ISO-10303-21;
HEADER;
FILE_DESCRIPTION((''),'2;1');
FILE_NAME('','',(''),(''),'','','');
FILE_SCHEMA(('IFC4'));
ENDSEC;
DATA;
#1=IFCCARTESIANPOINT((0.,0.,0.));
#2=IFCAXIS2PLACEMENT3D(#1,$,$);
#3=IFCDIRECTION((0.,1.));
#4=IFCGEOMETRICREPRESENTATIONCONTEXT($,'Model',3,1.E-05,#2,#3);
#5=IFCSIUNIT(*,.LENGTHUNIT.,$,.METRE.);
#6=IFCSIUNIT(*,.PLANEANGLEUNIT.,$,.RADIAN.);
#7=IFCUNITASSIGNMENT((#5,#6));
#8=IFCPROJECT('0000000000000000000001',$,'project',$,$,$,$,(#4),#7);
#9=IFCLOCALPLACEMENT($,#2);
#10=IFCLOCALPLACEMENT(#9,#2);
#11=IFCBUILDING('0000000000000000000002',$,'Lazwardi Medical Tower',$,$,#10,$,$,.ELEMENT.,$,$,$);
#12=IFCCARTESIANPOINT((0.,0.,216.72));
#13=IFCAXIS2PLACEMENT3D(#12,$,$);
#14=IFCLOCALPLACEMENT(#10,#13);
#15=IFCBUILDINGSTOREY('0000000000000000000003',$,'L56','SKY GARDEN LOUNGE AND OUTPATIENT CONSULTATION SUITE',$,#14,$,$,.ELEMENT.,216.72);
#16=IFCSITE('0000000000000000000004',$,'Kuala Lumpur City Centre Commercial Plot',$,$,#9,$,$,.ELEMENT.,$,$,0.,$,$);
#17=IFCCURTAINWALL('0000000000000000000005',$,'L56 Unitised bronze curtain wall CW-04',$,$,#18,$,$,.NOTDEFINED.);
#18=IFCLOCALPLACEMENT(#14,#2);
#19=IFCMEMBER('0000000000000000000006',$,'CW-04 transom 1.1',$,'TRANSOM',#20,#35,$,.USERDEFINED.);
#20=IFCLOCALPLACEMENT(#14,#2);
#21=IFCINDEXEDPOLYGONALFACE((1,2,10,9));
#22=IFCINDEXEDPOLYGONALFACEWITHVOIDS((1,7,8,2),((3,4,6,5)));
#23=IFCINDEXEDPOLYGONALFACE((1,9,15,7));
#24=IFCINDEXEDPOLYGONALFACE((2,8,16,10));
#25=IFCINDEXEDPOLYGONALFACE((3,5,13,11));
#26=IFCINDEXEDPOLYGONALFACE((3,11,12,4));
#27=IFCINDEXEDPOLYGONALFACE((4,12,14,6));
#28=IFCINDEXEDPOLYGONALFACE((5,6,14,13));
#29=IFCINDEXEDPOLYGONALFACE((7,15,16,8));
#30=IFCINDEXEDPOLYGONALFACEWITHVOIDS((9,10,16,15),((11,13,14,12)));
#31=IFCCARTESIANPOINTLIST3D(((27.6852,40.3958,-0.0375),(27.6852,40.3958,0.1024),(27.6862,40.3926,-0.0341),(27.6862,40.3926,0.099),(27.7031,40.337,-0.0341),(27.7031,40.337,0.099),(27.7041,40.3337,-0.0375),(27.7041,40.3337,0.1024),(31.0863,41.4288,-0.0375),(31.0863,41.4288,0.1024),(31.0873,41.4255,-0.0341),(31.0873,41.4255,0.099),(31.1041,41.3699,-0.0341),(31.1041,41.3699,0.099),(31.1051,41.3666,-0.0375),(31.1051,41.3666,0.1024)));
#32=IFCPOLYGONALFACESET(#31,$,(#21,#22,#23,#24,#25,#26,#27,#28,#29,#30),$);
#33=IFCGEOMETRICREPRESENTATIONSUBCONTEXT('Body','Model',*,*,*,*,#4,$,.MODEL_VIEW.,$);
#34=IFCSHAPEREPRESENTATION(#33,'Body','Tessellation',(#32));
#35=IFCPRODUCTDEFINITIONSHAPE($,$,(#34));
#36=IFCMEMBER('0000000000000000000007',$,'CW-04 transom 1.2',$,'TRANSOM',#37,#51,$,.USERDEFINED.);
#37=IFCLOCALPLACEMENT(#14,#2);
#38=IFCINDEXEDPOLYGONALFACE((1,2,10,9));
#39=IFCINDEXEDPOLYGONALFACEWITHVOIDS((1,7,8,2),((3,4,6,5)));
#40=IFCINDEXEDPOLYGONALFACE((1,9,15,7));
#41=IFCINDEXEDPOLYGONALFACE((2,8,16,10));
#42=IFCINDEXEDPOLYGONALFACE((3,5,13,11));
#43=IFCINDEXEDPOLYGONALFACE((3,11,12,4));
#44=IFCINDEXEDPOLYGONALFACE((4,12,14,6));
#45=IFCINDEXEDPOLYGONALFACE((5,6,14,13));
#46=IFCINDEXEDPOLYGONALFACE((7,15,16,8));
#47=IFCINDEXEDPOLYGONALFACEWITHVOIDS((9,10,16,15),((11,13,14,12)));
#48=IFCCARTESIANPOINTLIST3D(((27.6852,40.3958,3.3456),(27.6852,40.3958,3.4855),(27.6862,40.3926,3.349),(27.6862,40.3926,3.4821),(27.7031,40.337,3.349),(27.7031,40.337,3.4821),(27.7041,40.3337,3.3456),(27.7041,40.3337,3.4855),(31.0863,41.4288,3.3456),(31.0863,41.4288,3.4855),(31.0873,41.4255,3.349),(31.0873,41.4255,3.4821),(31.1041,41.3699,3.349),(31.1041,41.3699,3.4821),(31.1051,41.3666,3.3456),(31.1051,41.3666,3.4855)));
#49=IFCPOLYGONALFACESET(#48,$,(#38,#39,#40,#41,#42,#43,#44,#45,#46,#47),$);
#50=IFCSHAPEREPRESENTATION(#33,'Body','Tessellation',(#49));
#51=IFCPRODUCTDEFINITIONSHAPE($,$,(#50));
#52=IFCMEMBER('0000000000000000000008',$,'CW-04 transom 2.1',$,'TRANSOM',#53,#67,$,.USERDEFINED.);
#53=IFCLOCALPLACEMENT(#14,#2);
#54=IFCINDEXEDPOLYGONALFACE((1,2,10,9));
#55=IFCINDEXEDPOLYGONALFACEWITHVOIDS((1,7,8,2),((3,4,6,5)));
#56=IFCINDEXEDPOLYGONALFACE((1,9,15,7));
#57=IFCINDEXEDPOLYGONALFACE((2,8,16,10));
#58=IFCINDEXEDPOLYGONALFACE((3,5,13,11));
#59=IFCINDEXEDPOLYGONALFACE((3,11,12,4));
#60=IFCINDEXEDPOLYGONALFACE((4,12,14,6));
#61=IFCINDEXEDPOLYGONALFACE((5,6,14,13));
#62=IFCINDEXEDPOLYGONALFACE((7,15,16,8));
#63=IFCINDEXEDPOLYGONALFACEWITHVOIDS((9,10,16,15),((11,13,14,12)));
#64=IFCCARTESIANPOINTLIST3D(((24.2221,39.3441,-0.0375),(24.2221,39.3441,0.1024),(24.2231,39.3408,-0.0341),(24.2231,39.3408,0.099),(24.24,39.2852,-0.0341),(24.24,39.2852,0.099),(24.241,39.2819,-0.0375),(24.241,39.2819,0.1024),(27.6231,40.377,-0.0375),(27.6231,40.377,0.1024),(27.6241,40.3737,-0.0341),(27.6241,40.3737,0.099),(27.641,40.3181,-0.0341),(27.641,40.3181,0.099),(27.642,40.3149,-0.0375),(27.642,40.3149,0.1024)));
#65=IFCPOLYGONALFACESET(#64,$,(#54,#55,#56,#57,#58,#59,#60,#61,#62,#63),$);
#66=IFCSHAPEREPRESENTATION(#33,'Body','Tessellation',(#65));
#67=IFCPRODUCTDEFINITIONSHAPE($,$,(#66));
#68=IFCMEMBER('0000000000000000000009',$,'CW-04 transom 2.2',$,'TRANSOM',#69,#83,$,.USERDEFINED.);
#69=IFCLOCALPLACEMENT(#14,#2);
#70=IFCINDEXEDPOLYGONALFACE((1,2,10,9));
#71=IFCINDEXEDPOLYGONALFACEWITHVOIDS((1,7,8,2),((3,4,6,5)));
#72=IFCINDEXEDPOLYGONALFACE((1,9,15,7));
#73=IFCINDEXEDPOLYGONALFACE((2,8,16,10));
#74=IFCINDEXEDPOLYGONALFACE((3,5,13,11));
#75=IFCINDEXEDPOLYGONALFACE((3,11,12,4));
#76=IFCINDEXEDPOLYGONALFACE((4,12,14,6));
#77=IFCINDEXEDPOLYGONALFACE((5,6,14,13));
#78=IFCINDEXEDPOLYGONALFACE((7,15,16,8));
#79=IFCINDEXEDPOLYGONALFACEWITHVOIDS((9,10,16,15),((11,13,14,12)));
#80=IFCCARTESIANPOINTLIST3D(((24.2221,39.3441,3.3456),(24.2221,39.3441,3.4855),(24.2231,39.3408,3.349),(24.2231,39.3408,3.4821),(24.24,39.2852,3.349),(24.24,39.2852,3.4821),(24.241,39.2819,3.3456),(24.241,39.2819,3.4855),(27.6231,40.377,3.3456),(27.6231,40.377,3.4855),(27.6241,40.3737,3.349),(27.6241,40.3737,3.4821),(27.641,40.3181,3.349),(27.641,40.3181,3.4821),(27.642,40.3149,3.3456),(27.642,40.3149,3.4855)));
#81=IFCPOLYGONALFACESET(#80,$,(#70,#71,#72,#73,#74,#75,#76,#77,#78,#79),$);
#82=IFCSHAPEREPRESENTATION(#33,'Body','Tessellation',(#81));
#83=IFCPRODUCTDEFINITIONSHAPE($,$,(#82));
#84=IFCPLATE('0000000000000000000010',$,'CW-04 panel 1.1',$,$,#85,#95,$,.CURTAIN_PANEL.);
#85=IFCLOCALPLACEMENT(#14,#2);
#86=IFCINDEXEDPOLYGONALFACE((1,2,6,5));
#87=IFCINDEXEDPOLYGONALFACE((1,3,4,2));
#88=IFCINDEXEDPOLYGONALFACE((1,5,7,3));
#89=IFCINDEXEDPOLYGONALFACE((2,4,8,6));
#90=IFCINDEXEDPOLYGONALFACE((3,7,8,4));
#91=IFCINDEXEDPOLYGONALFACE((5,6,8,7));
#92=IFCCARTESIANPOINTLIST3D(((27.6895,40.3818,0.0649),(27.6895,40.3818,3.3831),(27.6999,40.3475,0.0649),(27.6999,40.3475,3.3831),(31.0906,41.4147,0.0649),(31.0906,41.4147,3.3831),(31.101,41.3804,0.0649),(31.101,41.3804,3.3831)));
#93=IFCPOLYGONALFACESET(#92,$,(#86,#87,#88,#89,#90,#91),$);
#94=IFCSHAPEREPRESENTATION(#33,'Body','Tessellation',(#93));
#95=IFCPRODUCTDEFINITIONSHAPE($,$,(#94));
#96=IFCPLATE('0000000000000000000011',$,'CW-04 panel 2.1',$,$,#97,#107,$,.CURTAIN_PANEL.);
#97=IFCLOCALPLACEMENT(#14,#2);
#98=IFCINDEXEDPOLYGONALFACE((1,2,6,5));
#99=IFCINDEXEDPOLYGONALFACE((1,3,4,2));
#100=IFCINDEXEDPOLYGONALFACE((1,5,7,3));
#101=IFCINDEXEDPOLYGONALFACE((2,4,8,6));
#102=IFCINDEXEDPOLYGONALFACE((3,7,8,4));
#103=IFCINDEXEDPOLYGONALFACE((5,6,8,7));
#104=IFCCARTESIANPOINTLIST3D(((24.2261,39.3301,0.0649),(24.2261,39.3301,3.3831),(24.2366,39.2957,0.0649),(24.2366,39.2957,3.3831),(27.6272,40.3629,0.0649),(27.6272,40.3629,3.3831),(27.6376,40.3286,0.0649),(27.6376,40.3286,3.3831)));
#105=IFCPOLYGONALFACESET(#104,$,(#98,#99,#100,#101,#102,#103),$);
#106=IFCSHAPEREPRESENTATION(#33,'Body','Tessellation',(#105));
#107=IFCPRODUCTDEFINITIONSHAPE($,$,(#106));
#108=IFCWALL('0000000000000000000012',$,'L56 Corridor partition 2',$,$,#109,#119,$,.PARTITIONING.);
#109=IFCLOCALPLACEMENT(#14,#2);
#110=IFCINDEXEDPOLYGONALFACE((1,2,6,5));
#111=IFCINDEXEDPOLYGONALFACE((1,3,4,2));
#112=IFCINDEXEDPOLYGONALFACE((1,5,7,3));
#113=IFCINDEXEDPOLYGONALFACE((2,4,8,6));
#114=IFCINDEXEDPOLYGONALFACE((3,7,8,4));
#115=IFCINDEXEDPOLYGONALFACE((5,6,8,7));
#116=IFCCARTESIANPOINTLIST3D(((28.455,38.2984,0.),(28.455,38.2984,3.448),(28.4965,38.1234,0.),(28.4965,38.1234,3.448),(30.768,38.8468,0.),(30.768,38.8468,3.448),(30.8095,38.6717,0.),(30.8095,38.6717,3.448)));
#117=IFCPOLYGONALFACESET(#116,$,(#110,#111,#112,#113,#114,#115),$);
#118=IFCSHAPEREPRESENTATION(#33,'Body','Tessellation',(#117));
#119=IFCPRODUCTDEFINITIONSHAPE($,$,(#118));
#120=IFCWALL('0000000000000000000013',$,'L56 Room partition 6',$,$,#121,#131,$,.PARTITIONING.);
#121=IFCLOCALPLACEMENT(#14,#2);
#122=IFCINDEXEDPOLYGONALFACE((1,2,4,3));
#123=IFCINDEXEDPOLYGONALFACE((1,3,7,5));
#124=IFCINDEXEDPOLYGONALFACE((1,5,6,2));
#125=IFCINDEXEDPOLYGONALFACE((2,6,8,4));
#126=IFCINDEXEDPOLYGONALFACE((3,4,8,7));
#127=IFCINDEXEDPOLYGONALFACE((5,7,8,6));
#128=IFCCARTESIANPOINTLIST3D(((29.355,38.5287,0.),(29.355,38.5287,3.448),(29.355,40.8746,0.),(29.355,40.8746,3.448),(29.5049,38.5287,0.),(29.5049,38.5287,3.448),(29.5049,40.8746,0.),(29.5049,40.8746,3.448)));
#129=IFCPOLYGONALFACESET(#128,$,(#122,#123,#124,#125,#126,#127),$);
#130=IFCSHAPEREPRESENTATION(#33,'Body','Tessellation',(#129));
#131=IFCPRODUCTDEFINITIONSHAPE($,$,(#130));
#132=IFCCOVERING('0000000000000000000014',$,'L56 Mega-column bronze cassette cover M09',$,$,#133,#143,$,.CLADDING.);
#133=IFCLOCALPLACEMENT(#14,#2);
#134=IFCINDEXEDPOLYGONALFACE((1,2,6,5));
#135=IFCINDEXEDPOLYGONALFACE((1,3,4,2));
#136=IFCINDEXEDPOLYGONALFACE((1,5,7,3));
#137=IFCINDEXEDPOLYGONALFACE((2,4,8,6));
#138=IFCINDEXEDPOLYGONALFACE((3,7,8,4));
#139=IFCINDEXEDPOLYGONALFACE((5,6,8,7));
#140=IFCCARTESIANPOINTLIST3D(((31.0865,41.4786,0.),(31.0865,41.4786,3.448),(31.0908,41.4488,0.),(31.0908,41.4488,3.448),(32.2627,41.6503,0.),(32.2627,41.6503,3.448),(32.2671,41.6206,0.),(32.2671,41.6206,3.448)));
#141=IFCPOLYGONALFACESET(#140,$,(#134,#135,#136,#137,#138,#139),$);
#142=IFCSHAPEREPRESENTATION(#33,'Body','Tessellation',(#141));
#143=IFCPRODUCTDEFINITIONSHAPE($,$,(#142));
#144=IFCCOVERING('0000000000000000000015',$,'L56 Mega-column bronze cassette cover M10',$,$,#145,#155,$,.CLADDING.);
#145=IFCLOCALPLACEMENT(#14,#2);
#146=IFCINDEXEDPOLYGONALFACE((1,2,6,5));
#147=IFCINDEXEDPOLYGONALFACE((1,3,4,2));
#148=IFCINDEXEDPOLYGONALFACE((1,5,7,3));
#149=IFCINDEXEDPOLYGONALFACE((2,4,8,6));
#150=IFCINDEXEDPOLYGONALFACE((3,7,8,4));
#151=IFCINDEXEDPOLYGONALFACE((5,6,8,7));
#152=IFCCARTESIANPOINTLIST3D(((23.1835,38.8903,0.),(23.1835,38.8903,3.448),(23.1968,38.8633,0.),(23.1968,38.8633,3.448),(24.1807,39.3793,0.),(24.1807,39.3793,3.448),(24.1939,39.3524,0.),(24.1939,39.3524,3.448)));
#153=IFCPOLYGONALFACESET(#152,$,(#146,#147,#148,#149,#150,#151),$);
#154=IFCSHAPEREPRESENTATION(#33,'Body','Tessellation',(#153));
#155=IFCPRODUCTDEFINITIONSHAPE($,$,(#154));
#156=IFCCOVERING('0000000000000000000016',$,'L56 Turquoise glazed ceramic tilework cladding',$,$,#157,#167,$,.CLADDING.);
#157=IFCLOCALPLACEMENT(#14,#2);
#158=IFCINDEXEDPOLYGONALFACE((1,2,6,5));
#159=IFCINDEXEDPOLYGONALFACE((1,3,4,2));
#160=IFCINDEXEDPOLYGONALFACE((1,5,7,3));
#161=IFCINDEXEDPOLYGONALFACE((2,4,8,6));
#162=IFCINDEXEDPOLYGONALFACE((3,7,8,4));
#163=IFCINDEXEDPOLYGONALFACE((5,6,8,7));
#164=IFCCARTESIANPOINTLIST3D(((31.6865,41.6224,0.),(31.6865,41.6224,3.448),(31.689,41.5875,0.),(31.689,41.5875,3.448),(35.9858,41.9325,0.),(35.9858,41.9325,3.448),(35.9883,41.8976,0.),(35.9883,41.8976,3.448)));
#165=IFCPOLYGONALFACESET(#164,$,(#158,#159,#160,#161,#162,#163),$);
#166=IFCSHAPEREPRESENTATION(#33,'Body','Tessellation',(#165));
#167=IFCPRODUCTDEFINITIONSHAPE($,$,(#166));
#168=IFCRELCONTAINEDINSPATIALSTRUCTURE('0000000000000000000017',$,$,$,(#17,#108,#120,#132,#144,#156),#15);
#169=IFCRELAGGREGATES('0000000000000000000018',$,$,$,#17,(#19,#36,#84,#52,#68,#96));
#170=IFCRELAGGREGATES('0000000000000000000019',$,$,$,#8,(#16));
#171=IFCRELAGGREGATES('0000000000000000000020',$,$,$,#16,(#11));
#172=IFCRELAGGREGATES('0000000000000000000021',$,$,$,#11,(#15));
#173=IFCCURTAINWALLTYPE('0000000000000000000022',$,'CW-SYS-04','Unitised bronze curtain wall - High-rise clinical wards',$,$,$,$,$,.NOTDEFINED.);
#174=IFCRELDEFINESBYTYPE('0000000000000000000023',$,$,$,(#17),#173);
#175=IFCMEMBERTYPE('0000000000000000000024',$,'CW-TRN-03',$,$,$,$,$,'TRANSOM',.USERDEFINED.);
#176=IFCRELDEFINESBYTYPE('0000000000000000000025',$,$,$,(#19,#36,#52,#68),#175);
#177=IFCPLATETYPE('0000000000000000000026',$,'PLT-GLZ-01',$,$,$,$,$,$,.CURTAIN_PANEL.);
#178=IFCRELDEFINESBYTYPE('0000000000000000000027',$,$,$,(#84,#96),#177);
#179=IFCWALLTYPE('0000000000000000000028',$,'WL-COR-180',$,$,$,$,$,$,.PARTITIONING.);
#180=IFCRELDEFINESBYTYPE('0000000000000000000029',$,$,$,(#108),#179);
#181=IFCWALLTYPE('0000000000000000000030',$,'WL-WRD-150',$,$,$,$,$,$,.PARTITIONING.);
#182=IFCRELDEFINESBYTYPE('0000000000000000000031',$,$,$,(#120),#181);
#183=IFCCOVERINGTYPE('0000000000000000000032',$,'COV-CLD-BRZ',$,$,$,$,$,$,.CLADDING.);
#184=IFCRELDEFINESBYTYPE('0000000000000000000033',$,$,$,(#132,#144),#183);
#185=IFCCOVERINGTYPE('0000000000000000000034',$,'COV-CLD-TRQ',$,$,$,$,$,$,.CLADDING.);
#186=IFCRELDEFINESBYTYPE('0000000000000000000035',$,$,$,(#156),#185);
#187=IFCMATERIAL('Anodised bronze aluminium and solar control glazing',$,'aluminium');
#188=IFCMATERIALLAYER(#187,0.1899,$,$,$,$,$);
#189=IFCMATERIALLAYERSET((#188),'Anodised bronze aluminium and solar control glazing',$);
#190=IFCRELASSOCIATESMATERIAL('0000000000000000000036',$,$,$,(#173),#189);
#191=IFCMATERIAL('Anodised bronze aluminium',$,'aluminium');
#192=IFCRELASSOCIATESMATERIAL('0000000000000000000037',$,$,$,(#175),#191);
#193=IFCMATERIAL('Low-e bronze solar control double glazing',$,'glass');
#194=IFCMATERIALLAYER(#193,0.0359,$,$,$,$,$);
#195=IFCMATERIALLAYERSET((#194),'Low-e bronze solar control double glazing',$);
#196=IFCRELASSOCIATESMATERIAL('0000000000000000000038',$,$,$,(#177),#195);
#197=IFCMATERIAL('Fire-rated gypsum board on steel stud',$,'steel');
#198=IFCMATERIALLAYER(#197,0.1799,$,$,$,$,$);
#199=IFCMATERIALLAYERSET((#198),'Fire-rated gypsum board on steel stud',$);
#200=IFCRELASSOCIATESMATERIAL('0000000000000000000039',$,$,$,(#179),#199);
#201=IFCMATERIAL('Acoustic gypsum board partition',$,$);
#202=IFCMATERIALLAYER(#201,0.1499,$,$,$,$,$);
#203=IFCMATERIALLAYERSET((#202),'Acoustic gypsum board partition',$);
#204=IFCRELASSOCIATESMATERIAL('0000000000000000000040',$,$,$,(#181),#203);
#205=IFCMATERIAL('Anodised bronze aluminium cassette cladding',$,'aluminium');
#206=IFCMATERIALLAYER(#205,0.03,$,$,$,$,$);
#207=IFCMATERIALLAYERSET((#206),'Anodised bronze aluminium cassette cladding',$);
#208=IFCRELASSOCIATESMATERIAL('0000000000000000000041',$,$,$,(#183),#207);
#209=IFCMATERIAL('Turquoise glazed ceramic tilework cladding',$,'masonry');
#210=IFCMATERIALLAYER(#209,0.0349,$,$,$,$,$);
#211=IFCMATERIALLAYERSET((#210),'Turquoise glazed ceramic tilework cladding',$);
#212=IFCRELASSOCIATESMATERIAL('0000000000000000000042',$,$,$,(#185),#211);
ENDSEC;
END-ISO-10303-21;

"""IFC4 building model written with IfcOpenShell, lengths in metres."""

from ifc_helpers import new_model, si_unit, direction, frame, frame_2d, origin, origin_2d, place, context, subcontext, project, spatial, rectangle, hollow_rectangle, extrude, material, layer, layer_set, material_profile, profile_set, type_object, element, aggregate, save


model = new_model("IFC4")

# Units and contexts
model_context = context("Model", 3, precision=1e-05, world=origin(), true_north=direction((0.0, 1.0)))
body_context = subcontext(model_context, "Body", "Model", "MODEL_VIEW")
ifc_project = project(units=[si_unit("LENGTHUNIT", "METRE"), si_unit("PLANEANGLEUNIT", "RADIAN")], contexts=[model_context])

# Site, building, storey
site_placement = place(None, origin())
site = spatial("IfcSite", under=ifc_project, at=site_placement, Name="Kuala Lumpur City Centre Commercial Plot", CompositionType="ELEMENT", RefElevation=0.0)
building_placement = place(site_placement, origin())
building = spatial("IfcBuilding", under=site, at=building_placement, Name="Lazwardi Medical Tower", CompositionType="ELEMENT")
storey_placement = place(building_placement, frame((0.0, 0.0, 216.72)))
storey = spatial("IfcBuildingStorey", under=building, at=storey_placement, Name="L56", Description="SKY GARDEN LOUNGE AND OUTPATIENT CONSULTATION SUITE", CompositionType="ELEMENT", Elevation=216.72)

# Curtain wall, members, plates
ifc_material_1 = material(Name="Anodised bronze aluminium and solar control glazing", Category="aluminium")
ifc_layer_1 = layer(ifc_material_1, 0.1899)
ifc_layer_set_1 = layer_set([ifc_layer_1], Name="Anodised bronze aluminium and solar control glazing")
curtain_wall_type = type_object("IfcCurtainWallType", Name="CW-SYS-04", Description="Unitised bronze curtain wall - High-rise clinical wards", PredefinedType="NOTDEFINED", material=ifc_layer_set_1)
curtain_wall_placement = place(storey_placement, origin())
curtain_wall = element("IfcCurtainWall", 1, at=curtain_wall_placement, inside=storey, type_object=curtain_wall_type, Name="L56 Unitised bronze curtain wall CW-04", PredefinedType="NOTDEFINED")
ifc_material_2 = material(Name="Anodised bronze aluminium", Category="aluminium")
ifc_material_profile_1 = material_profile(ifc_material_2, hollow_rectangle(XDim=0.0649, YDim=0.1399, WallThickness=0.0034, at=origin_2d()), Name="ALU-TRANSOM 140x65x3.5")
ifc_profile_set_1 = profile_set([ifc_material_profile_1], Name="Anodised bronze aluminium")
member_type_1 = type_object("IfcMemberType", Name="CW-TRN-03", ElementType="TRANSOM", PredefinedType="USERDEFINED", material=ifc_profile_set_1)
member_1_placement = place(storey_placement, frame((31.0957, 41.3977, 0.0325), z_axis=(-0.956843, -0.290604, 0.0), x_axis=(0.290604, -0.956843, 0.0)))
member_1 = element("IfcMember", 2, at=member_1_placement, type_object=member_type_1, Name="CW-04 transom 1.1", ObjectType="TRANSOM", PredefinedType="USERDEFINED", context=body_context, shape_type="SweptSolid", body=[
    extrude(hollow_rectangle(XDim=0.0649, YDim=0.1399, WallThickness=0.0034, at=origin_2d()), origin(), (0.0, 0.0, 1.0), 3.5544),
])
member_2_placement = place(storey_placement, frame((31.0957, 41.3977, 3.4155), z_axis=(-0.956843, -0.290604, 0.0), x_axis=(0.290604, -0.956843, 0.0)))
member_2 = element("IfcMember", 3, at=member_2_placement, type_object=member_type_1, Name="CW-04 transom 1.2", ObjectType="TRANSOM", PredefinedType="USERDEFINED", context=body_context, shape_type="SweptSolid", body=[
    extrude(hollow_rectangle(XDim=0.0649, YDim=0.1399, WallThickness=0.0034, at=origin_2d()), origin(), (0.0, 0.0, 1.0), 3.5544),
])
member_3_placement = place(storey_placement, frame((27.6326, 40.3459, 0.0325), z_axis=(-0.956843, -0.290604, 0.0), x_axis=(0.290604, -0.956843, 0.0)))
member_3 = element("IfcMember", 4, at=member_3_placement, type_object=member_type_1, Name="CW-04 transom 2.1", ObjectType="TRANSOM", PredefinedType="USERDEFINED", context=body_context, shape_type="SweptSolid", body=[
    extrude(hollow_rectangle(XDim=0.0649, YDim=0.1399, WallThickness=0.0034, at=origin_2d()), origin(), (0.0, 0.0, 1.0), 3.5544),
])
member_4_placement = place(storey_placement, frame((27.6326, 40.3459, 3.4155), z_axis=(-0.956843, -0.290604, 0.0), x_axis=(0.290604, -0.956843, 0.0)))
member_4 = element("IfcMember", 5, at=member_4_placement, type_object=member_type_1, Name="CW-04 transom 2.2", ObjectType="TRANSOM", PredefinedType="USERDEFINED", context=body_context, shape_type="SweptSolid", body=[
    extrude(hollow_rectangle(XDim=0.0649, YDim=0.1399, WallThickness=0.0034, at=origin_2d()), origin(), (0.0, 0.0, 1.0), 3.5544),
])
ifc_material_3 = material(Name="Low-e bronze solar control double glazing", Category="glass")
ifc_layer_2 = layer(ifc_material_3, 0.0359)
ifc_layer_set_2 = layer_set([ifc_layer_2], Name="Low-e bronze solar control double glazing")
plate_type = type_object("IfcPlateType", Name="PLT-GLZ-01", PredefinedType="CURTAIN_PANEL", material=ifc_layer_set_2)
plate_1_placement = place(storey_placement, frame((29.3953, 40.8811, 0.0649), z_axis=(0.0, 0.0, 1.0), x_axis=(-0.95685, -0.290582, 0.0)))
plate_1 = element("IfcPlate", 6, at=plate_1_placement, type_object=plate_type, Name="CW-04 panel 1.1", PredefinedType="CURTAIN_PANEL", context=body_context, shape_type="SweptSolid", body=[
    extrude(rectangle(XDim=3.5544, YDim=0.0359, at=origin_2d()), origin(), (0.0, 0.0, 1.0), 3.3181),
])
plate_2_placement = place(storey_placement, frame((25.9319, 39.8293, 0.0649), z_axis=(0.0, 0.0, 1.0), x_axis=(-0.95685, -0.290582, 0.0)))
plate_2 = element("IfcPlate", 7, at=plate_2_placement, type_object=plate_type, Name="CW-04 panel 2.1", PredefinedType="CURTAIN_PANEL", context=body_context, shape_type="SweptSolid", body=[
    extrude(rectangle(XDim=3.5544, YDim=0.0359, at=origin_2d()), origin(), (0.0, 0.0, 1.0), 3.3181),
])
aggregate(curtain_wall, [member_1, member_2, plate_1, member_3, member_4, plate_2])

# Wall
ifc_material_4 = material(Name="Fire-rated gypsum board on steel stud", Category="steel")
ifc_layer_3 = layer(ifc_material_4, 0.1799)
ifc_layer_set_3 = layer_set([ifc_layer_3], Name="Fire-rated gypsum board on steel stud")
wall_type_1 = type_object("IfcWallType", Name="WL-COR-180", PredefinedType="PARTITIONING", material=ifc_layer_set_3)
wall_1_placement = place(storey_placement, frame((28.4758, 38.2109, 0.0), z_axis=(0.0, 0.0, 1.0), x_axis=(0.973031, 0.230676, 0.0)))
element("IfcWall", 8, at=wall_1_placement, inside=storey, type_object=wall_type_1, Name="L56 Corridor partition 2", PredefinedType="PARTITIONING", context=body_context, shape_type="SweptSolid", body=[
    extrude(rectangle(XDim=2.3772, YDim=0.1799, at=frame_2d((1.1885, 0.0))), origin(), (0.0, 0.0, 1.0), 3.448),
])

# Wall
ifc_material_5 = material(Name="Acoustic gypsum board partition")
ifc_layer_4 = layer(ifc_material_5, 0.1499)
ifc_layer_set_4 = layer_set([ifc_layer_4], Name="Acoustic gypsum board partition")
wall_type_2 = type_object("IfcWallType", Name="WL-WRD-150", PredefinedType="PARTITIONING", material=ifc_layer_set_4)
wall_2_placement = place(storey_placement, frame((29.4299, 38.5288, 0.0), z_axis=(0.0, 0.0, 1.0), x_axis=(0.0, 1.0, 0.0)))
element("IfcWall", 9, at=wall_2_placement, inside=storey, type_object=wall_type_2, Name="L56 Room partition 6", PredefinedType="PARTITIONING", context=body_context, shape_type="SweptSolid", body=[
    extrude(rectangle(XDim=2.3459, YDim=0.1499, at=frame_2d((1.1729, 0.0))), origin(), (0.0, 0.0, 1.0), 3.448),
])

# Coverings
ifc_material_6 = material(Name="Anodised bronze aluminium cassette cladding", Category="aluminium")
ifc_layer_5 = layer(ifc_material_6, 0.03)
ifc_layer_set_5 = layer_set([ifc_layer_5], Name="Anodised bronze aluminium cassette cladding")
covering_type_1 = type_object("IfcCoveringType", Name="COV-CLD-BRZ", PredefinedType="CLADDING", material=ifc_layer_set_5)
covering_1_placement = place(storey_placement, frame((31.6768, 41.5496, 0.0), z_axis=(0.0, 0.0, 1.0), x_axis=(-0.989512, -0.144448, 0.0)))
element("IfcCovering", 10, at=covering_1_placement, inside=storey, type_object=covering_type_1, Name="L56 Mega-column bronze cassette cover M09", PredefinedType="CLADDING", context=body_context, shape_type="SweptSolid", body=[
    extrude(rectangle(XDim=1.1887, YDim=0.03, at=origin_2d()), origin(), (0.0, 0.0, 1.0), 3.448),
])
covering_2_placement = place(storey_placement, frame((23.6887, 39.1213, 0.0), z_axis=(0.0, 0.0, 1.0), x_axis=(-0.89784, -0.440322, 0.0)))
element("IfcCovering", 11, at=covering_2_placement, inside=storey, type_object=covering_type_1, Name="L56 Mega-column bronze cassette cover M10", PredefinedType="CLADDING", context=body_context, shape_type="SweptSolid", body=[
    extrude(rectangle(XDim=1.1106, YDim=0.03, at=origin_2d()), origin(), (0.0, 0.0, 1.0), 3.448),
])
ifc_material_7 = material(Name="Turquoise glazed ceramic tilework cladding", Category="masonry")
ifc_layer_6 = layer(ifc_material_7, 0.0349)
ifc_layer_set_6 = layer_set([ifc_layer_6], Name="Turquoise glazed ceramic tilework cladding")
covering_type_2 = type_object("IfcCoveringType", Name="COV-CLD-TRQ", PredefinedType="CLADDING", material=ifc_layer_set_6)
covering_3_placement = place(storey_placement, frame((33.8374, 41.76, 0.0), z_axis=(0.0, 0.0, 1.0), x_axis=(-0.997409, -0.07194, 0.0)))
element("IfcCovering", 12, at=covering_3_placement, inside=storey, type_object=covering_type_2, Name="L56 Turquoise glazed ceramic tilework cladding", PredefinedType="CLADDING", context=body_context, shape_type="SweptSolid", body=[
    extrude(rectangle(XDim=4.3105, YDim=0.0349, at=origin_2d()), origin(), (0.0, 0.0, 1.0), 3.448),
])

save(model, "model.ifc")
